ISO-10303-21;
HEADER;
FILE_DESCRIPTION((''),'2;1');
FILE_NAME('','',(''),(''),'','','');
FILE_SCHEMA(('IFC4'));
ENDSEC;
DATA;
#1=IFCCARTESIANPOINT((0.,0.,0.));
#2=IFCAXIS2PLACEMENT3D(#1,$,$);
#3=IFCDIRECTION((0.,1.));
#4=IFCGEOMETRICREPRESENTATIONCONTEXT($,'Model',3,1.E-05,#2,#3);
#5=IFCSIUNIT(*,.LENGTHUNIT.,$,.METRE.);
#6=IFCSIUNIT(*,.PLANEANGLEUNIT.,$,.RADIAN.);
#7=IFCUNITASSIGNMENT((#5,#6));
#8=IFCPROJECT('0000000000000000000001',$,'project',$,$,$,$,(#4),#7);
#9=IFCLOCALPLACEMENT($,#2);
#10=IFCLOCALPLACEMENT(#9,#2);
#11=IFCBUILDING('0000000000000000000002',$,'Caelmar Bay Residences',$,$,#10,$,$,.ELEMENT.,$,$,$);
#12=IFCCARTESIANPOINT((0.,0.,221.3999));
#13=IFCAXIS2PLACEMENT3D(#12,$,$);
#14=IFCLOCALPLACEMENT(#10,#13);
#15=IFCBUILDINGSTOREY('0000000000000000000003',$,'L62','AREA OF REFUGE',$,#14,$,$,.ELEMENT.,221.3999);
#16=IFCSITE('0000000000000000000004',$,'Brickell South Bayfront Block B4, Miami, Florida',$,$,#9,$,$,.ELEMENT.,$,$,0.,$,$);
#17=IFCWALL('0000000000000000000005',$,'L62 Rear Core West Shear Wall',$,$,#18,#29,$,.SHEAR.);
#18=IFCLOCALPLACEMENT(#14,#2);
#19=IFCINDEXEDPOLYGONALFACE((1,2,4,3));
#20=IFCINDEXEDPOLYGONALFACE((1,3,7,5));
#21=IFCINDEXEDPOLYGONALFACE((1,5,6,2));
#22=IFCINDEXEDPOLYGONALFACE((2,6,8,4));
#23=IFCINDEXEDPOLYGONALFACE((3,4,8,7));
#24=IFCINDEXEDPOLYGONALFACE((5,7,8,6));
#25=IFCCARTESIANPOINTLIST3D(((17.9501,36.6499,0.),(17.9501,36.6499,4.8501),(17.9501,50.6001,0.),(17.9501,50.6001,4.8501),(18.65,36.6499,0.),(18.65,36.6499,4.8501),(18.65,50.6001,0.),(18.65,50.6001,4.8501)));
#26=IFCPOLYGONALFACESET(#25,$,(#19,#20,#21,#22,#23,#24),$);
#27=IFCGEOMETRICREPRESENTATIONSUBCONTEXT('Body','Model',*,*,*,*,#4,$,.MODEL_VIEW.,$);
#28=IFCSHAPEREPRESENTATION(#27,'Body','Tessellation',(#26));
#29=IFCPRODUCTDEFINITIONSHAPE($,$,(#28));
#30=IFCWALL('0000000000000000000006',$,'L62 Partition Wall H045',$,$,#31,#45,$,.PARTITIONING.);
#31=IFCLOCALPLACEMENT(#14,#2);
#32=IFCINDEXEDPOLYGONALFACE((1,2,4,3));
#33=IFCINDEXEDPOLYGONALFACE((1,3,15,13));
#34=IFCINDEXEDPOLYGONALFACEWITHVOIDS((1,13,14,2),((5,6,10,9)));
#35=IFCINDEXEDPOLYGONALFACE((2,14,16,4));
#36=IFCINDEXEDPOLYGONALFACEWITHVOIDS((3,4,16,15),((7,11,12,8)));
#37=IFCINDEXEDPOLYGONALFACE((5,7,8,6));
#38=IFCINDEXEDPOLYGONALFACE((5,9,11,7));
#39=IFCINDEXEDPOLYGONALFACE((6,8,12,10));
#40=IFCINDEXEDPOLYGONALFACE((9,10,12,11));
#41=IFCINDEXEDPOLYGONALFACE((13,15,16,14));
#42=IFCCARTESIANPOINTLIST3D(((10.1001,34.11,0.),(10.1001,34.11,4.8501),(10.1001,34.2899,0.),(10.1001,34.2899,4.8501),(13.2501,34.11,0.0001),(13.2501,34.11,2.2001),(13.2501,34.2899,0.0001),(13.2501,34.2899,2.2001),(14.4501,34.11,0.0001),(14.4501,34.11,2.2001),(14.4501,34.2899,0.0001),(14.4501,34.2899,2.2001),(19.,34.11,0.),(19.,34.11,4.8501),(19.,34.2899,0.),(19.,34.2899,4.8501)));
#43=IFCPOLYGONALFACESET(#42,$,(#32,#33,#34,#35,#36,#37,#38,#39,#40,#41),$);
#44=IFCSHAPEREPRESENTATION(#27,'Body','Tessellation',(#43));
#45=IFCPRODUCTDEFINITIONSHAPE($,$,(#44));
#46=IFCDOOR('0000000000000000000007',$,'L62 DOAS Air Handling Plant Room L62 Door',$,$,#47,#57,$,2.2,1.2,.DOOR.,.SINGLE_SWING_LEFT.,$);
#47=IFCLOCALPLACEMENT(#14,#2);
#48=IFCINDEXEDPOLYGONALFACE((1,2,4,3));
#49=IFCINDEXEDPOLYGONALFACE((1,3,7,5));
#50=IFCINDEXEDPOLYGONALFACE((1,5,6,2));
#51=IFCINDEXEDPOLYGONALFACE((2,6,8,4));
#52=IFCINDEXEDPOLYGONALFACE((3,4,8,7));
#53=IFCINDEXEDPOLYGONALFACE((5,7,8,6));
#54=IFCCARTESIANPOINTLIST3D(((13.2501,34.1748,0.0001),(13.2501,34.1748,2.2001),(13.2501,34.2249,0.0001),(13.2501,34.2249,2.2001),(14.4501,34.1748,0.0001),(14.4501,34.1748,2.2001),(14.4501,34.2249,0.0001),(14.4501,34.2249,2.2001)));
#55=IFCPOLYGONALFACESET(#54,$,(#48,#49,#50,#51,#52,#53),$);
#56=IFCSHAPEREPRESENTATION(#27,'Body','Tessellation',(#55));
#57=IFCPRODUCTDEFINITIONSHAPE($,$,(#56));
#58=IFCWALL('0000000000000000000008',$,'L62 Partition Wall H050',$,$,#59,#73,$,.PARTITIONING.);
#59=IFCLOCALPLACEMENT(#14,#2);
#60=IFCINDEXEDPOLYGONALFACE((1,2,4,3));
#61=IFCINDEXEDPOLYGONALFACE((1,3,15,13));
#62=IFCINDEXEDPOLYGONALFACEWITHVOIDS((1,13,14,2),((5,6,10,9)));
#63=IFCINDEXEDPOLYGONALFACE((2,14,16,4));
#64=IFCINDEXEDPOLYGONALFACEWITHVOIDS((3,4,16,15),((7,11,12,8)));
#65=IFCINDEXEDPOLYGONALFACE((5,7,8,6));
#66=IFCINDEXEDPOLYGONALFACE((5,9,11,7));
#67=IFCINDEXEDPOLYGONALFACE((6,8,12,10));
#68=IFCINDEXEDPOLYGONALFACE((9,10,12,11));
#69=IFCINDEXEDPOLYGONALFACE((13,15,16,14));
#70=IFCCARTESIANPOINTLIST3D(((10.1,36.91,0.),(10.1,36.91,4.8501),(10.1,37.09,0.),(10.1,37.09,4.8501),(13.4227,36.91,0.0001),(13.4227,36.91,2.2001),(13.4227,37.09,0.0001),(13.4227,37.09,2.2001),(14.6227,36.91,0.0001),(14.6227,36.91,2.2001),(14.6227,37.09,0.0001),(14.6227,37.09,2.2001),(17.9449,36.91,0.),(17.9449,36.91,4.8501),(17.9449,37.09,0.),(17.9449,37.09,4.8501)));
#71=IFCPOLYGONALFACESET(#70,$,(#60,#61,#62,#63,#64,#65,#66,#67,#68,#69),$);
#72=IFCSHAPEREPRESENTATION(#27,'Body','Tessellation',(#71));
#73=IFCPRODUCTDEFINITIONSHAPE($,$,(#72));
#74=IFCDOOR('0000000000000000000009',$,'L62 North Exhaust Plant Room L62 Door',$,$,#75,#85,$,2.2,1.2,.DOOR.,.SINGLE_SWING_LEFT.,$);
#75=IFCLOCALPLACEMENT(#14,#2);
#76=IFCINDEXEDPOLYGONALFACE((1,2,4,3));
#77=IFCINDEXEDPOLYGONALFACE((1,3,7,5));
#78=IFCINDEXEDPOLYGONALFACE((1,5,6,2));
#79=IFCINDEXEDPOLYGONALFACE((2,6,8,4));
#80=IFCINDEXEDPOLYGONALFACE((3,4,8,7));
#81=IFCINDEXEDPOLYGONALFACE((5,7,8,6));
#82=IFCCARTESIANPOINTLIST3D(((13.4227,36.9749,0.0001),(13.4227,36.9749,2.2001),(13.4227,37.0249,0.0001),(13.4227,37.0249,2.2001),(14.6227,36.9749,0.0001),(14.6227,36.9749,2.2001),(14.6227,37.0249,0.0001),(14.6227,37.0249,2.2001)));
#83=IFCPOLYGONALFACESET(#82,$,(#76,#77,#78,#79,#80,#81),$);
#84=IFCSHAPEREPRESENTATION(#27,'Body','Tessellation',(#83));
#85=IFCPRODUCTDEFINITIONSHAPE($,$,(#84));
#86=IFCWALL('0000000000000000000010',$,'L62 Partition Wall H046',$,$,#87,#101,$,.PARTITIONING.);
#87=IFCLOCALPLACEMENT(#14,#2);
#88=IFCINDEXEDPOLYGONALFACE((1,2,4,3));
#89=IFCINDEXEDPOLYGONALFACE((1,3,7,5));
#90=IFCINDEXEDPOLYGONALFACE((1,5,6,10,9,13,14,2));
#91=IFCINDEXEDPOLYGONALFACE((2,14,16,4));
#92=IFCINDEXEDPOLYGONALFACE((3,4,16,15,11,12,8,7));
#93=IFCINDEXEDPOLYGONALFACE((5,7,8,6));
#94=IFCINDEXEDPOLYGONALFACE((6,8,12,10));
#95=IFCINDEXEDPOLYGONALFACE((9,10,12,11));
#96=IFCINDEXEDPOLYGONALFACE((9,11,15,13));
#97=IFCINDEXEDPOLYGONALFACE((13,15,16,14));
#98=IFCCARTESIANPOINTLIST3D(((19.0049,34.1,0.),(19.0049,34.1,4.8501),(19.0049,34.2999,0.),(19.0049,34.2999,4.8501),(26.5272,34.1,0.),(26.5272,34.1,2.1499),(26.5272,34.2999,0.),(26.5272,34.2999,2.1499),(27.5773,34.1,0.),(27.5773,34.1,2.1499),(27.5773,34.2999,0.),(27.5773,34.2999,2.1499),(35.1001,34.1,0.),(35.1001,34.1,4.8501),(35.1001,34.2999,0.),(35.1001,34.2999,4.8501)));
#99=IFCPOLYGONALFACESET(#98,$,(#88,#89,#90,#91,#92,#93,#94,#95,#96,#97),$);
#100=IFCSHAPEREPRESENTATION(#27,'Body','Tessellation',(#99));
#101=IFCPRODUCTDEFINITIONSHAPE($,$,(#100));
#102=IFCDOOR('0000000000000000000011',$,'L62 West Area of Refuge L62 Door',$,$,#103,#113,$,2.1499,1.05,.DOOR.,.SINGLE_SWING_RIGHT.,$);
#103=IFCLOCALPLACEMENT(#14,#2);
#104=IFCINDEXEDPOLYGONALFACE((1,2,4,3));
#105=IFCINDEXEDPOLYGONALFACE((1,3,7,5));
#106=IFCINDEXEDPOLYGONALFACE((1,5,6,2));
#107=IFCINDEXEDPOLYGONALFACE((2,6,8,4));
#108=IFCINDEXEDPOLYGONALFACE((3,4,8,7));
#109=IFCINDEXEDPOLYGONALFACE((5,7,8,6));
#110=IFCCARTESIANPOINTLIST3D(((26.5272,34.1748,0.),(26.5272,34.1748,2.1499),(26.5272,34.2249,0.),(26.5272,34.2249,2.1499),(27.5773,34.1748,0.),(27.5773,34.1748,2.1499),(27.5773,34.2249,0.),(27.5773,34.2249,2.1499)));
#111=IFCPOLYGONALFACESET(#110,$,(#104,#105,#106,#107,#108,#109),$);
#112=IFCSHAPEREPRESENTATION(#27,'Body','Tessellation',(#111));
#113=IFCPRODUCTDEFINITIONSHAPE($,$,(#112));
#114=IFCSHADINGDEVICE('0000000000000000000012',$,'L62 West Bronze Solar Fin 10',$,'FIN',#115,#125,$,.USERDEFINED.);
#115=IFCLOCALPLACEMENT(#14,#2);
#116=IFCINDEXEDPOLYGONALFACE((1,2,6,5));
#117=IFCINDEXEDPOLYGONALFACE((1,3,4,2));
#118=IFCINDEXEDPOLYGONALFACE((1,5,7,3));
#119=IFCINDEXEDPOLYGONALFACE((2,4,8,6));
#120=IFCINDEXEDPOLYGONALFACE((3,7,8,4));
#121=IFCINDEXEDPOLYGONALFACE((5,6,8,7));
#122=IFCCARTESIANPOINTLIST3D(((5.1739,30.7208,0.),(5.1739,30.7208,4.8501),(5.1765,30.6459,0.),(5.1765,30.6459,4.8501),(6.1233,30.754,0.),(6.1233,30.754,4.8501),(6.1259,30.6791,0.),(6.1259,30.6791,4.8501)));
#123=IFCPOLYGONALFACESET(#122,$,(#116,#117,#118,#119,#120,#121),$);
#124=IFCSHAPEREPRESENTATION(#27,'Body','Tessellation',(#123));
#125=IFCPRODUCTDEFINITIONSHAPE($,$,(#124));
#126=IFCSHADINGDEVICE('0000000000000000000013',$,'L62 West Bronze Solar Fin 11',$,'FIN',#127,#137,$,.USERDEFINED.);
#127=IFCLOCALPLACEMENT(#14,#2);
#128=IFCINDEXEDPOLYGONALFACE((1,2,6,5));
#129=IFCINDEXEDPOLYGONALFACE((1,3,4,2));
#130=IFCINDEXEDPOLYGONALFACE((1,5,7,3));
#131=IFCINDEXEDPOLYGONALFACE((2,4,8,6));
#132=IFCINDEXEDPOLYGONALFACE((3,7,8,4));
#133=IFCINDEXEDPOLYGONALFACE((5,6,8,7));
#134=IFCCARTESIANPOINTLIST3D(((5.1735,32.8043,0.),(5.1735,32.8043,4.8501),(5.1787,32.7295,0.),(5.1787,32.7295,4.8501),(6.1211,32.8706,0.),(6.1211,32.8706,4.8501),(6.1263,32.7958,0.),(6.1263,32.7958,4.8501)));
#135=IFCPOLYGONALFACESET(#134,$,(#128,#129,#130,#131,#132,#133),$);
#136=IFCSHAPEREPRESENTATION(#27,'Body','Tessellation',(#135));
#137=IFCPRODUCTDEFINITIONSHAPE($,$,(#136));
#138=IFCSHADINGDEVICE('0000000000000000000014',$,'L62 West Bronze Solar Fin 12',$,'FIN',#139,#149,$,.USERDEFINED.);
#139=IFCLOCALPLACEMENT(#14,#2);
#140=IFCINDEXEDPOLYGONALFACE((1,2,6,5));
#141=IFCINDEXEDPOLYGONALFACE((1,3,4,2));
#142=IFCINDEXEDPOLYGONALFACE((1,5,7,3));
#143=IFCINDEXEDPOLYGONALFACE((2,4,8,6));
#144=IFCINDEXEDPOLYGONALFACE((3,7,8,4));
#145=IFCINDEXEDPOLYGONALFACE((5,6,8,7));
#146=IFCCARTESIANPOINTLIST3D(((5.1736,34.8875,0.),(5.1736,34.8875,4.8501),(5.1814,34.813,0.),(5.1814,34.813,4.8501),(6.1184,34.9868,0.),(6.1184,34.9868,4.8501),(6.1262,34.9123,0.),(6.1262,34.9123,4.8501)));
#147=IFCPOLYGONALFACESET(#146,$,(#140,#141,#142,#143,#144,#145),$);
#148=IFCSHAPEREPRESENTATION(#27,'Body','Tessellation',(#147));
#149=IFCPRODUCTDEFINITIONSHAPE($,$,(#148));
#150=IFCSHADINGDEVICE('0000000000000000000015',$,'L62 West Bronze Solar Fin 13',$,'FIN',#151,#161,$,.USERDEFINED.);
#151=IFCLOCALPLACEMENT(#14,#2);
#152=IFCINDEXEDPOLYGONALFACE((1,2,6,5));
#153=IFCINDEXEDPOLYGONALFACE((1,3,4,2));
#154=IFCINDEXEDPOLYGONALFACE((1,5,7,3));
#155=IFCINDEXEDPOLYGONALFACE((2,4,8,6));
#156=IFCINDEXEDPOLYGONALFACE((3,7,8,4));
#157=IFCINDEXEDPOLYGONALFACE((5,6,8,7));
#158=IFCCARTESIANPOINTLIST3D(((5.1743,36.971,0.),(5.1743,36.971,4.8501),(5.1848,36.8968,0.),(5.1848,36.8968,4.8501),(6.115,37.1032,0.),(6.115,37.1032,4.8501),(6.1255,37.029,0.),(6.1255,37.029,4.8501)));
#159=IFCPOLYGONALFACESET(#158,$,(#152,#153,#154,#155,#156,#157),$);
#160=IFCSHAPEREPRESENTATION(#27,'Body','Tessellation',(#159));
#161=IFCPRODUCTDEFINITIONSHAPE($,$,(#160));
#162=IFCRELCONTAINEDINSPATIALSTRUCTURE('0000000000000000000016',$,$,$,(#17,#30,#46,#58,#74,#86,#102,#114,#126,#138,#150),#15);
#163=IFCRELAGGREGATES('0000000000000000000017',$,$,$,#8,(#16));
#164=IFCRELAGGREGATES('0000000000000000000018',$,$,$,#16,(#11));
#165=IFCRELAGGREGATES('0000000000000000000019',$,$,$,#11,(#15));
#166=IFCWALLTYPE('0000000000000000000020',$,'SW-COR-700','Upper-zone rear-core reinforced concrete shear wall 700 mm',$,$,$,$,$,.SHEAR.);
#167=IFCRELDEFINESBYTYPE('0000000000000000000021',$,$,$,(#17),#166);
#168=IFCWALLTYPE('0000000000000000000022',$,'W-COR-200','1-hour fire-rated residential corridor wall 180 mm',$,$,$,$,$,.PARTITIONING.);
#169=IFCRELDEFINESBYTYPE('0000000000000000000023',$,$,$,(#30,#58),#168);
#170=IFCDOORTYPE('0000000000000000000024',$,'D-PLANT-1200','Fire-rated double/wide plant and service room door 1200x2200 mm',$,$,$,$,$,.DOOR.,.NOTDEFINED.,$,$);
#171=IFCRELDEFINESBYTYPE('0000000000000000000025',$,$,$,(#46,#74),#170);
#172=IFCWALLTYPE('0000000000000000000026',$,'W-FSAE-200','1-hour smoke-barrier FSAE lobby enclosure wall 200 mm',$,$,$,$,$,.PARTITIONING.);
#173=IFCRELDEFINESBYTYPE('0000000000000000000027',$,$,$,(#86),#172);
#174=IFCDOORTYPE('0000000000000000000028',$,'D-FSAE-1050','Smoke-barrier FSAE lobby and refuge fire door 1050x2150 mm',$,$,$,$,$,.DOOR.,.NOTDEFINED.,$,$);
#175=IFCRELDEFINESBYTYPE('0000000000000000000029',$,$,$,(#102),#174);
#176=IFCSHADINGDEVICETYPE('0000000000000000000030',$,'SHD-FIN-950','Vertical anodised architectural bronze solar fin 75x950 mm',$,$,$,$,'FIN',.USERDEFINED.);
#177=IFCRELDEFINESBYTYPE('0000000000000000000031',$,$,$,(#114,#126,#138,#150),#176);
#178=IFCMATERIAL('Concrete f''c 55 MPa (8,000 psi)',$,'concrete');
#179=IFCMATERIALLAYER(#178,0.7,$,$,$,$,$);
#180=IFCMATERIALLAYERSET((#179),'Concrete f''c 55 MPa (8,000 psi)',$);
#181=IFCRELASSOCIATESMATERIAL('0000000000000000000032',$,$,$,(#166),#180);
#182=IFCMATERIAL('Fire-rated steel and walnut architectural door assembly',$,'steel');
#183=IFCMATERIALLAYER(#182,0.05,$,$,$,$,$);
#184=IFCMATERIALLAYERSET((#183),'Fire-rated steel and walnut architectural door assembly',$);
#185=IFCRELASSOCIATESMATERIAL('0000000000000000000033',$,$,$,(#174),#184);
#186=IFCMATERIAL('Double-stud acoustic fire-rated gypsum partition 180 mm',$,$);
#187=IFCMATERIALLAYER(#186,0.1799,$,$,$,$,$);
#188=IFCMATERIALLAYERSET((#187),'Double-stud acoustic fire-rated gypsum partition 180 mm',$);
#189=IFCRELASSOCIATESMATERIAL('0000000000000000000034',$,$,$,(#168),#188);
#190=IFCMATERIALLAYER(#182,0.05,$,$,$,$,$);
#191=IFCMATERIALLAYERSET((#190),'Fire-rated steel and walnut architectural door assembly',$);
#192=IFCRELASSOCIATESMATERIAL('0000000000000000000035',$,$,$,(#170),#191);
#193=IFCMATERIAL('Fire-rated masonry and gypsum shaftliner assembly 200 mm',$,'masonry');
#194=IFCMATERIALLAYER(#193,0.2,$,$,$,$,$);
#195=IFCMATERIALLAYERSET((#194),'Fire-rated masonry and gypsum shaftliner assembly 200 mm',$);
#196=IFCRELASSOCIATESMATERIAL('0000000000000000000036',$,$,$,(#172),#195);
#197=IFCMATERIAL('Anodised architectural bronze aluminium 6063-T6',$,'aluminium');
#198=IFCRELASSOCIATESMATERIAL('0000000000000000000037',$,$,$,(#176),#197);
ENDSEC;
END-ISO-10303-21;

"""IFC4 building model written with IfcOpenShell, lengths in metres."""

from ifc_helpers import new_model, si_unit, direction, frame, frame_2d, origin, origin_2d, place, context, subcontext, project, spatial, rectangle, extrude, material, layer, layer_set, material_profile, profile_set, type_object, element, fill, save


model = new_model("IFC4")

# Units and contexts
model_context = context("Model", 3, precision=1e-05, world=origin(), true_north=direction((0.0, 1.0)))
body_context = subcontext(model_context, "Body", "Model", "MODEL_VIEW")
ifc_project = project(units=[si_unit("LENGTHUNIT", "METRE"), si_unit("PLANEANGLEUNIT", "RADIAN")], contexts=[model_context])

# Site, building, storey
site_placement = place(None, origin())
site = spatial("IfcSite", under=ifc_project, at=site_placement, Name="Brickell South Bayfront Block B4, Miami, Florida", CompositionType="ELEMENT", RefElevation=0.0)
building_placement = place(site_placement, origin())
building = spatial("IfcBuilding", under=site, at=building_placement, Name="Caelmar Bay Residences", CompositionType="ELEMENT")
storey_placement = place(building_placement, frame((0.0, 0.0, 221.3999)))
storey = spatial("IfcBuildingStorey", under=building, at=storey_placement, Name="L62", Description="AREA OF REFUGE", CompositionType="ELEMENT", Elevation=221.3999)

# Shared definitions
ifc_material_1 = material(Name="Concrete f'c 55 MPa (8,000 psi)", Category="concrete")
ifc_layer_1 = layer(ifc_material_1, 0.7)
ifc_layer_set_1 = layer_set([ifc_layer_1], Name="Concrete f'c 55 MPa (8,000 psi)")
wall_type_1 = type_object("IfcWallType", Name="SW-COR-700", Description="Upper-zone rear-core reinforced concrete shear wall 700 mm", PredefinedType="SHEAR", material=ifc_layer_set_1)
ifc_material_2 = material(Name="Fire-rated steel and walnut architectural door assembly", Category="steel")
ifc_layer_2 = layer(ifc_material_2, 0.05)
ifc_layer_set_2 = layer_set([ifc_layer_2], Name="Fire-rated steel and walnut architectural door assembly")
door_type_1 = type_object("IfcDoorType", Name="D-FSAE-1050", Description="Smoke-barrier FSAE lobby and refuge fire door 1050x2150 mm", OperationType="NOTDEFINED", PredefinedType="DOOR", material=ifc_layer_set_2)

# Wall
wall_1_placement = place(storey_placement, frame((18.3, 36.6499, 0.0), z_axis=(0.0, 0.0, 1.0), x_axis=(0.0, 1.0, 0.0)))
element("IfcWall", 1, at=wall_1_placement, inside=storey, type_object=wall_type_1, Name="L62 Rear Core West Shear Wall", PredefinedType="SHEAR", context=body_context, shape_type="SweptSolid", body=[
    extrude(rectangle(XDim=13.9502, YDim=0.7, at=frame_2d((6.9751, 0.0))), origin(), (0.0, 0.0, 1.0), 4.8501),
])

# Walls, openings, doors
ifc_material_3 = material(Name="Double-stud acoustic fire-rated gypsum partition 180 mm")
ifc_layer_3 = layer(ifc_material_3, 0.1799)
ifc_layer_set_3 = layer_set([ifc_layer_3], Name="Double-stud acoustic fire-rated gypsum partition 180 mm")
wall_type_2 = type_object("IfcWallType", Name="W-COR-200", Description="1-hour fire-rated residential corridor wall 180 mm", PredefinedType="PARTITIONING", material=ifc_layer_set_3)
wall_2_placement = place(storey_placement, frame((10.1001, 34.2, 0.0), z_axis=(0.0, 0.0, 1.0), x_axis=(1.0, 0.0, 0.0)))
wall_2 = element("IfcWall", 2, at=wall_2_placement, inside=storey, type_object=wall_type_2, Name="L62 Partition Wall H045", PredefinedType="PARTITIONING", context=body_context, shape_type="SweptSolid", body=[
    extrude(rectangle(XDim=8.8999, YDim=0.1799, at=frame_2d((4.45, 0.0))), origin(), (0.0, 0.0, 1.0), 4.8501),
])
opening_1_placement = place(wall_2_placement, frame((3.1499, 0.0, 0.0)))
opening_1 = element("IfcOpeningElement", 3, at=opening_1_placement, cuts=wall_2, PredefinedType="OPENING", context=body_context, shape_type="SweptSolid", body=[
    extrude(rectangle(XDim=1.2, YDim=2.2, at=frame_2d((0.6001, 1.1001))), frame((0.0, 0.0999, 0.0), z_axis=(0.0, -1.0, 0.0), x_axis=(1.0, 0.0, 0.0)), (0.0, 0.0, 1.0), 0.2),
])
ifc_layer_4 = layer(ifc_material_2, 0.05)
ifc_layer_set_4 = layer_set([ifc_layer_4], Name="Fire-rated steel and walnut architectural door assembly")
door_type_2 = type_object("IfcDoorType", Name="D-PLANT-1200", Description="Fire-rated double/wide plant and service room door 1200x2200 mm", OperationType="NOTDEFINED", PredefinedType="DOOR", material=ifc_layer_set_4)
door_1_placement = place(opening_1_placement, origin())
door_1 = element("IfcDoor", 4, at=door_1_placement, inside=storey, type_object=door_type_2, Name="L62 DOAS Air Handling Plant Room L62 Door", OperationType="SINGLE_SWING_LEFT", OverallHeight=2.2, OverallWidth=1.2, PredefinedType="DOOR", context=body_context, shape_type="SweptSolid", body=[
    extrude(rectangle(XDim=1.2, YDim=2.2, at=frame_2d((0.6001, 1.1001))), frame((0.0, 0.0249, 0.0), z_axis=(0.0, -1.0, 0.0), x_axis=(1.0, 0.0, 0.0)), (0.0, 0.0, 1.0), 0.05),
])
fill(opening_1, door_1)
wall_3_placement = place(storey_placement, frame((10.1001, 37.0, 0.0), z_axis=(0.0, 0.0, 1.0), x_axis=(1.0, 0.0, 0.0)))
wall_3 = element("IfcWall", 5, at=wall_3_placement, inside=storey, type_object=wall_type_2, Name="L62 Partition Wall H050", PredefinedType="PARTITIONING", context=body_context, shape_type="SweptSolid", body=[
    extrude(rectangle(XDim=7.845, YDim=0.1799, at=frame_2d((3.9224, 0.0))), origin(), (0.0, 0.0, 1.0), 4.8501),
])
opening_2_placement = place(wall_3_placement, frame((3.3225, 0.0, 0.0)))
opening_2 = element("IfcOpeningElement", 6, at=opening_2_placement, cuts=wall_3, PredefinedType="OPENING", context=body_context, shape_type="SweptSolid", body=[
    extrude(rectangle(XDim=1.2, YDim=2.2, at=frame_2d((0.6001, 1.1001))), frame((0.0, 0.0999, 0.0), z_axis=(0.0, -1.0, 0.0), x_axis=(1.0, 0.0, 0.0)), (0.0, 0.0, 1.0), 0.2),
])
door_2_placement = place(opening_2_placement, origin())
door_2 = element("IfcDoor", 7, at=door_2_placement, inside=storey, type_object=door_type_2, Name="L62 North Exhaust Plant Room L62 Door", OperationType="SINGLE_SWING_LEFT", OverallHeight=2.2, OverallWidth=1.2, PredefinedType="DOOR", context=body_context, shape_type="SweptSolid", body=[
    extrude(rectangle(XDim=1.2, YDim=2.2, at=frame_2d((0.6001, 1.1001))), frame((0.0, 0.0249, 0.0), z_axis=(0.0, -1.0, 0.0), x_axis=(1.0, 0.0, 0.0)), (0.0, 0.0, 1.0), 0.05),
])
fill(opening_2, door_2)
ifc_material_4 = material(Name="Fire-rated masonry and gypsum shaftliner assembly 200 mm", Category="masonry")
ifc_layer_5 = layer(ifc_material_4, 0.2)
ifc_layer_set_5 = layer_set([ifc_layer_5], Name="Fire-rated masonry and gypsum shaftliner assembly 200 mm")
wall_type_3 = type_object("IfcWallType", Name="W-FSAE-200", Description="1-hour smoke-barrier FSAE lobby enclosure wall 200 mm", PredefinedType="PARTITIONING", material=ifc_layer_set_5)
wall_4_placement = place(storey_placement, frame((19.0049, 34.2, 0.0), z_axis=(0.0, 0.0, 1.0), x_axis=(1.0, 0.0, 0.0)))
wall_4 = element("IfcWall", 8, at=wall_4_placement, inside=storey, type_object=wall_type_3, Name="L62 Partition Wall H046", PredefinedType="PARTITIONING", context=body_context, shape_type="SweptSolid", body=[
    extrude(rectangle(XDim=16.0952, YDim=0.2, at=frame_2d((8.0476, 0.0))), origin(), (0.0, 0.0, 1.0), 4.8501),
])
opening_3_placement = place(wall_4_placement, frame((7.5225, 0.0, 0.0)))
opening_3 = element("IfcOpeningElement", 9, at=opening_3_placement, cuts=wall_4, PredefinedType="OPENING", context=body_context, shape_type="SweptSolid", body=[
    extrude(rectangle(XDim=1.05, YDim=2.1499, at=frame_2d((0.5249, 1.075))), frame((0.0, 0.1099, 0.0), z_axis=(0.0, -1.0, 0.0), x_axis=(1.0, 0.0, 0.0)), (0.0, 0.0, 1.0), 0.22),
])
door_3_placement = place(opening_3_placement, origin())
door_3 = element("IfcDoor", 10, at=door_3_placement, inside=storey, type_object=door_type_1, Name="L62 West Area of Refuge L62 Door", OperationType="SINGLE_SWING_RIGHT", OverallHeight=2.1499, OverallWidth=1.05, PredefinedType="DOOR", context=body_context, shape_type="SweptSolid", body=[
    extrude(rectangle(XDim=1.05, YDim=2.1499, at=frame_2d((0.5249, 1.075))), frame((0.0, 0.0249, 0.0), z_axis=(0.0, -1.0, 0.0), x_axis=(1.0, 0.0, 0.0)), (0.0, 0.0, 1.0), 0.05),
])
fill(opening_3, door_3)

# Shading devices
ifc_material_5 = material(Name="Anodised architectural bronze aluminium 6063-T6", Category="aluminium")
ifc_material_profile_1 = material_profile(ifc_material_5, rectangle(XDim=0.075, YDim=0.95, at=origin_2d()), Name="BRONZE-FIN-75X950")
ifc_profile_set_1 = profile_set([ifc_material_profile_1], Name="Anodised architectural bronze aluminium 6063-T6")
shading_device_type = type_object("IfcShadingDeviceType", Name="SHD-FIN-950", Description="Vertical anodised architectural bronze solar fin 75x950 mm", ElementType="FIN", PredefinedType="USERDEFINED", material=ifc_profile_set_1)
for number, where, z_axis, x_axis, name in (
    (11, (5.6499, 30.7, 0.0), (0.0, 0.0, 1.0), (-0.034899, 0.999391, 0.0), "L62 West Bronze Solar Fin 10"),
    (12, (5.6499, 32.8, 0.0), (0.0, 0.0, 1.0), (-0.069756, 0.997564, 0.0), "L62 West Bronze Solar Fin 11"),
    (13, (5.6499, 34.8999, 0.0), (0.0, 0.0, 1.0), (-0.104528, 0.994522, 0.0), "L62 West Bronze Solar Fin 12"),
    (14, (5.6499, 37.0, 0.0), (0.0, 0.0, 1.0), (-0.139173, 0.990268, 0.0), "L62 West Bronze Solar Fin 13"),
):
    element("IfcShadingDevice", number, at=place(storey_placement, frame(where, z_axis=z_axis, x_axis=x_axis)), inside=storey, type_object=shading_device_type, Name=name, ObjectType="FIN", PredefinedType="USERDEFINED", context=body_context, shape_type="SweptSolid", body=[
        extrude(rectangle(XDim=0.075, YDim=0.95, at=origin_2d()), origin(), (0.0, 0.0, 1.0), 4.8501),
    ])

save(model, "model.ifc")
